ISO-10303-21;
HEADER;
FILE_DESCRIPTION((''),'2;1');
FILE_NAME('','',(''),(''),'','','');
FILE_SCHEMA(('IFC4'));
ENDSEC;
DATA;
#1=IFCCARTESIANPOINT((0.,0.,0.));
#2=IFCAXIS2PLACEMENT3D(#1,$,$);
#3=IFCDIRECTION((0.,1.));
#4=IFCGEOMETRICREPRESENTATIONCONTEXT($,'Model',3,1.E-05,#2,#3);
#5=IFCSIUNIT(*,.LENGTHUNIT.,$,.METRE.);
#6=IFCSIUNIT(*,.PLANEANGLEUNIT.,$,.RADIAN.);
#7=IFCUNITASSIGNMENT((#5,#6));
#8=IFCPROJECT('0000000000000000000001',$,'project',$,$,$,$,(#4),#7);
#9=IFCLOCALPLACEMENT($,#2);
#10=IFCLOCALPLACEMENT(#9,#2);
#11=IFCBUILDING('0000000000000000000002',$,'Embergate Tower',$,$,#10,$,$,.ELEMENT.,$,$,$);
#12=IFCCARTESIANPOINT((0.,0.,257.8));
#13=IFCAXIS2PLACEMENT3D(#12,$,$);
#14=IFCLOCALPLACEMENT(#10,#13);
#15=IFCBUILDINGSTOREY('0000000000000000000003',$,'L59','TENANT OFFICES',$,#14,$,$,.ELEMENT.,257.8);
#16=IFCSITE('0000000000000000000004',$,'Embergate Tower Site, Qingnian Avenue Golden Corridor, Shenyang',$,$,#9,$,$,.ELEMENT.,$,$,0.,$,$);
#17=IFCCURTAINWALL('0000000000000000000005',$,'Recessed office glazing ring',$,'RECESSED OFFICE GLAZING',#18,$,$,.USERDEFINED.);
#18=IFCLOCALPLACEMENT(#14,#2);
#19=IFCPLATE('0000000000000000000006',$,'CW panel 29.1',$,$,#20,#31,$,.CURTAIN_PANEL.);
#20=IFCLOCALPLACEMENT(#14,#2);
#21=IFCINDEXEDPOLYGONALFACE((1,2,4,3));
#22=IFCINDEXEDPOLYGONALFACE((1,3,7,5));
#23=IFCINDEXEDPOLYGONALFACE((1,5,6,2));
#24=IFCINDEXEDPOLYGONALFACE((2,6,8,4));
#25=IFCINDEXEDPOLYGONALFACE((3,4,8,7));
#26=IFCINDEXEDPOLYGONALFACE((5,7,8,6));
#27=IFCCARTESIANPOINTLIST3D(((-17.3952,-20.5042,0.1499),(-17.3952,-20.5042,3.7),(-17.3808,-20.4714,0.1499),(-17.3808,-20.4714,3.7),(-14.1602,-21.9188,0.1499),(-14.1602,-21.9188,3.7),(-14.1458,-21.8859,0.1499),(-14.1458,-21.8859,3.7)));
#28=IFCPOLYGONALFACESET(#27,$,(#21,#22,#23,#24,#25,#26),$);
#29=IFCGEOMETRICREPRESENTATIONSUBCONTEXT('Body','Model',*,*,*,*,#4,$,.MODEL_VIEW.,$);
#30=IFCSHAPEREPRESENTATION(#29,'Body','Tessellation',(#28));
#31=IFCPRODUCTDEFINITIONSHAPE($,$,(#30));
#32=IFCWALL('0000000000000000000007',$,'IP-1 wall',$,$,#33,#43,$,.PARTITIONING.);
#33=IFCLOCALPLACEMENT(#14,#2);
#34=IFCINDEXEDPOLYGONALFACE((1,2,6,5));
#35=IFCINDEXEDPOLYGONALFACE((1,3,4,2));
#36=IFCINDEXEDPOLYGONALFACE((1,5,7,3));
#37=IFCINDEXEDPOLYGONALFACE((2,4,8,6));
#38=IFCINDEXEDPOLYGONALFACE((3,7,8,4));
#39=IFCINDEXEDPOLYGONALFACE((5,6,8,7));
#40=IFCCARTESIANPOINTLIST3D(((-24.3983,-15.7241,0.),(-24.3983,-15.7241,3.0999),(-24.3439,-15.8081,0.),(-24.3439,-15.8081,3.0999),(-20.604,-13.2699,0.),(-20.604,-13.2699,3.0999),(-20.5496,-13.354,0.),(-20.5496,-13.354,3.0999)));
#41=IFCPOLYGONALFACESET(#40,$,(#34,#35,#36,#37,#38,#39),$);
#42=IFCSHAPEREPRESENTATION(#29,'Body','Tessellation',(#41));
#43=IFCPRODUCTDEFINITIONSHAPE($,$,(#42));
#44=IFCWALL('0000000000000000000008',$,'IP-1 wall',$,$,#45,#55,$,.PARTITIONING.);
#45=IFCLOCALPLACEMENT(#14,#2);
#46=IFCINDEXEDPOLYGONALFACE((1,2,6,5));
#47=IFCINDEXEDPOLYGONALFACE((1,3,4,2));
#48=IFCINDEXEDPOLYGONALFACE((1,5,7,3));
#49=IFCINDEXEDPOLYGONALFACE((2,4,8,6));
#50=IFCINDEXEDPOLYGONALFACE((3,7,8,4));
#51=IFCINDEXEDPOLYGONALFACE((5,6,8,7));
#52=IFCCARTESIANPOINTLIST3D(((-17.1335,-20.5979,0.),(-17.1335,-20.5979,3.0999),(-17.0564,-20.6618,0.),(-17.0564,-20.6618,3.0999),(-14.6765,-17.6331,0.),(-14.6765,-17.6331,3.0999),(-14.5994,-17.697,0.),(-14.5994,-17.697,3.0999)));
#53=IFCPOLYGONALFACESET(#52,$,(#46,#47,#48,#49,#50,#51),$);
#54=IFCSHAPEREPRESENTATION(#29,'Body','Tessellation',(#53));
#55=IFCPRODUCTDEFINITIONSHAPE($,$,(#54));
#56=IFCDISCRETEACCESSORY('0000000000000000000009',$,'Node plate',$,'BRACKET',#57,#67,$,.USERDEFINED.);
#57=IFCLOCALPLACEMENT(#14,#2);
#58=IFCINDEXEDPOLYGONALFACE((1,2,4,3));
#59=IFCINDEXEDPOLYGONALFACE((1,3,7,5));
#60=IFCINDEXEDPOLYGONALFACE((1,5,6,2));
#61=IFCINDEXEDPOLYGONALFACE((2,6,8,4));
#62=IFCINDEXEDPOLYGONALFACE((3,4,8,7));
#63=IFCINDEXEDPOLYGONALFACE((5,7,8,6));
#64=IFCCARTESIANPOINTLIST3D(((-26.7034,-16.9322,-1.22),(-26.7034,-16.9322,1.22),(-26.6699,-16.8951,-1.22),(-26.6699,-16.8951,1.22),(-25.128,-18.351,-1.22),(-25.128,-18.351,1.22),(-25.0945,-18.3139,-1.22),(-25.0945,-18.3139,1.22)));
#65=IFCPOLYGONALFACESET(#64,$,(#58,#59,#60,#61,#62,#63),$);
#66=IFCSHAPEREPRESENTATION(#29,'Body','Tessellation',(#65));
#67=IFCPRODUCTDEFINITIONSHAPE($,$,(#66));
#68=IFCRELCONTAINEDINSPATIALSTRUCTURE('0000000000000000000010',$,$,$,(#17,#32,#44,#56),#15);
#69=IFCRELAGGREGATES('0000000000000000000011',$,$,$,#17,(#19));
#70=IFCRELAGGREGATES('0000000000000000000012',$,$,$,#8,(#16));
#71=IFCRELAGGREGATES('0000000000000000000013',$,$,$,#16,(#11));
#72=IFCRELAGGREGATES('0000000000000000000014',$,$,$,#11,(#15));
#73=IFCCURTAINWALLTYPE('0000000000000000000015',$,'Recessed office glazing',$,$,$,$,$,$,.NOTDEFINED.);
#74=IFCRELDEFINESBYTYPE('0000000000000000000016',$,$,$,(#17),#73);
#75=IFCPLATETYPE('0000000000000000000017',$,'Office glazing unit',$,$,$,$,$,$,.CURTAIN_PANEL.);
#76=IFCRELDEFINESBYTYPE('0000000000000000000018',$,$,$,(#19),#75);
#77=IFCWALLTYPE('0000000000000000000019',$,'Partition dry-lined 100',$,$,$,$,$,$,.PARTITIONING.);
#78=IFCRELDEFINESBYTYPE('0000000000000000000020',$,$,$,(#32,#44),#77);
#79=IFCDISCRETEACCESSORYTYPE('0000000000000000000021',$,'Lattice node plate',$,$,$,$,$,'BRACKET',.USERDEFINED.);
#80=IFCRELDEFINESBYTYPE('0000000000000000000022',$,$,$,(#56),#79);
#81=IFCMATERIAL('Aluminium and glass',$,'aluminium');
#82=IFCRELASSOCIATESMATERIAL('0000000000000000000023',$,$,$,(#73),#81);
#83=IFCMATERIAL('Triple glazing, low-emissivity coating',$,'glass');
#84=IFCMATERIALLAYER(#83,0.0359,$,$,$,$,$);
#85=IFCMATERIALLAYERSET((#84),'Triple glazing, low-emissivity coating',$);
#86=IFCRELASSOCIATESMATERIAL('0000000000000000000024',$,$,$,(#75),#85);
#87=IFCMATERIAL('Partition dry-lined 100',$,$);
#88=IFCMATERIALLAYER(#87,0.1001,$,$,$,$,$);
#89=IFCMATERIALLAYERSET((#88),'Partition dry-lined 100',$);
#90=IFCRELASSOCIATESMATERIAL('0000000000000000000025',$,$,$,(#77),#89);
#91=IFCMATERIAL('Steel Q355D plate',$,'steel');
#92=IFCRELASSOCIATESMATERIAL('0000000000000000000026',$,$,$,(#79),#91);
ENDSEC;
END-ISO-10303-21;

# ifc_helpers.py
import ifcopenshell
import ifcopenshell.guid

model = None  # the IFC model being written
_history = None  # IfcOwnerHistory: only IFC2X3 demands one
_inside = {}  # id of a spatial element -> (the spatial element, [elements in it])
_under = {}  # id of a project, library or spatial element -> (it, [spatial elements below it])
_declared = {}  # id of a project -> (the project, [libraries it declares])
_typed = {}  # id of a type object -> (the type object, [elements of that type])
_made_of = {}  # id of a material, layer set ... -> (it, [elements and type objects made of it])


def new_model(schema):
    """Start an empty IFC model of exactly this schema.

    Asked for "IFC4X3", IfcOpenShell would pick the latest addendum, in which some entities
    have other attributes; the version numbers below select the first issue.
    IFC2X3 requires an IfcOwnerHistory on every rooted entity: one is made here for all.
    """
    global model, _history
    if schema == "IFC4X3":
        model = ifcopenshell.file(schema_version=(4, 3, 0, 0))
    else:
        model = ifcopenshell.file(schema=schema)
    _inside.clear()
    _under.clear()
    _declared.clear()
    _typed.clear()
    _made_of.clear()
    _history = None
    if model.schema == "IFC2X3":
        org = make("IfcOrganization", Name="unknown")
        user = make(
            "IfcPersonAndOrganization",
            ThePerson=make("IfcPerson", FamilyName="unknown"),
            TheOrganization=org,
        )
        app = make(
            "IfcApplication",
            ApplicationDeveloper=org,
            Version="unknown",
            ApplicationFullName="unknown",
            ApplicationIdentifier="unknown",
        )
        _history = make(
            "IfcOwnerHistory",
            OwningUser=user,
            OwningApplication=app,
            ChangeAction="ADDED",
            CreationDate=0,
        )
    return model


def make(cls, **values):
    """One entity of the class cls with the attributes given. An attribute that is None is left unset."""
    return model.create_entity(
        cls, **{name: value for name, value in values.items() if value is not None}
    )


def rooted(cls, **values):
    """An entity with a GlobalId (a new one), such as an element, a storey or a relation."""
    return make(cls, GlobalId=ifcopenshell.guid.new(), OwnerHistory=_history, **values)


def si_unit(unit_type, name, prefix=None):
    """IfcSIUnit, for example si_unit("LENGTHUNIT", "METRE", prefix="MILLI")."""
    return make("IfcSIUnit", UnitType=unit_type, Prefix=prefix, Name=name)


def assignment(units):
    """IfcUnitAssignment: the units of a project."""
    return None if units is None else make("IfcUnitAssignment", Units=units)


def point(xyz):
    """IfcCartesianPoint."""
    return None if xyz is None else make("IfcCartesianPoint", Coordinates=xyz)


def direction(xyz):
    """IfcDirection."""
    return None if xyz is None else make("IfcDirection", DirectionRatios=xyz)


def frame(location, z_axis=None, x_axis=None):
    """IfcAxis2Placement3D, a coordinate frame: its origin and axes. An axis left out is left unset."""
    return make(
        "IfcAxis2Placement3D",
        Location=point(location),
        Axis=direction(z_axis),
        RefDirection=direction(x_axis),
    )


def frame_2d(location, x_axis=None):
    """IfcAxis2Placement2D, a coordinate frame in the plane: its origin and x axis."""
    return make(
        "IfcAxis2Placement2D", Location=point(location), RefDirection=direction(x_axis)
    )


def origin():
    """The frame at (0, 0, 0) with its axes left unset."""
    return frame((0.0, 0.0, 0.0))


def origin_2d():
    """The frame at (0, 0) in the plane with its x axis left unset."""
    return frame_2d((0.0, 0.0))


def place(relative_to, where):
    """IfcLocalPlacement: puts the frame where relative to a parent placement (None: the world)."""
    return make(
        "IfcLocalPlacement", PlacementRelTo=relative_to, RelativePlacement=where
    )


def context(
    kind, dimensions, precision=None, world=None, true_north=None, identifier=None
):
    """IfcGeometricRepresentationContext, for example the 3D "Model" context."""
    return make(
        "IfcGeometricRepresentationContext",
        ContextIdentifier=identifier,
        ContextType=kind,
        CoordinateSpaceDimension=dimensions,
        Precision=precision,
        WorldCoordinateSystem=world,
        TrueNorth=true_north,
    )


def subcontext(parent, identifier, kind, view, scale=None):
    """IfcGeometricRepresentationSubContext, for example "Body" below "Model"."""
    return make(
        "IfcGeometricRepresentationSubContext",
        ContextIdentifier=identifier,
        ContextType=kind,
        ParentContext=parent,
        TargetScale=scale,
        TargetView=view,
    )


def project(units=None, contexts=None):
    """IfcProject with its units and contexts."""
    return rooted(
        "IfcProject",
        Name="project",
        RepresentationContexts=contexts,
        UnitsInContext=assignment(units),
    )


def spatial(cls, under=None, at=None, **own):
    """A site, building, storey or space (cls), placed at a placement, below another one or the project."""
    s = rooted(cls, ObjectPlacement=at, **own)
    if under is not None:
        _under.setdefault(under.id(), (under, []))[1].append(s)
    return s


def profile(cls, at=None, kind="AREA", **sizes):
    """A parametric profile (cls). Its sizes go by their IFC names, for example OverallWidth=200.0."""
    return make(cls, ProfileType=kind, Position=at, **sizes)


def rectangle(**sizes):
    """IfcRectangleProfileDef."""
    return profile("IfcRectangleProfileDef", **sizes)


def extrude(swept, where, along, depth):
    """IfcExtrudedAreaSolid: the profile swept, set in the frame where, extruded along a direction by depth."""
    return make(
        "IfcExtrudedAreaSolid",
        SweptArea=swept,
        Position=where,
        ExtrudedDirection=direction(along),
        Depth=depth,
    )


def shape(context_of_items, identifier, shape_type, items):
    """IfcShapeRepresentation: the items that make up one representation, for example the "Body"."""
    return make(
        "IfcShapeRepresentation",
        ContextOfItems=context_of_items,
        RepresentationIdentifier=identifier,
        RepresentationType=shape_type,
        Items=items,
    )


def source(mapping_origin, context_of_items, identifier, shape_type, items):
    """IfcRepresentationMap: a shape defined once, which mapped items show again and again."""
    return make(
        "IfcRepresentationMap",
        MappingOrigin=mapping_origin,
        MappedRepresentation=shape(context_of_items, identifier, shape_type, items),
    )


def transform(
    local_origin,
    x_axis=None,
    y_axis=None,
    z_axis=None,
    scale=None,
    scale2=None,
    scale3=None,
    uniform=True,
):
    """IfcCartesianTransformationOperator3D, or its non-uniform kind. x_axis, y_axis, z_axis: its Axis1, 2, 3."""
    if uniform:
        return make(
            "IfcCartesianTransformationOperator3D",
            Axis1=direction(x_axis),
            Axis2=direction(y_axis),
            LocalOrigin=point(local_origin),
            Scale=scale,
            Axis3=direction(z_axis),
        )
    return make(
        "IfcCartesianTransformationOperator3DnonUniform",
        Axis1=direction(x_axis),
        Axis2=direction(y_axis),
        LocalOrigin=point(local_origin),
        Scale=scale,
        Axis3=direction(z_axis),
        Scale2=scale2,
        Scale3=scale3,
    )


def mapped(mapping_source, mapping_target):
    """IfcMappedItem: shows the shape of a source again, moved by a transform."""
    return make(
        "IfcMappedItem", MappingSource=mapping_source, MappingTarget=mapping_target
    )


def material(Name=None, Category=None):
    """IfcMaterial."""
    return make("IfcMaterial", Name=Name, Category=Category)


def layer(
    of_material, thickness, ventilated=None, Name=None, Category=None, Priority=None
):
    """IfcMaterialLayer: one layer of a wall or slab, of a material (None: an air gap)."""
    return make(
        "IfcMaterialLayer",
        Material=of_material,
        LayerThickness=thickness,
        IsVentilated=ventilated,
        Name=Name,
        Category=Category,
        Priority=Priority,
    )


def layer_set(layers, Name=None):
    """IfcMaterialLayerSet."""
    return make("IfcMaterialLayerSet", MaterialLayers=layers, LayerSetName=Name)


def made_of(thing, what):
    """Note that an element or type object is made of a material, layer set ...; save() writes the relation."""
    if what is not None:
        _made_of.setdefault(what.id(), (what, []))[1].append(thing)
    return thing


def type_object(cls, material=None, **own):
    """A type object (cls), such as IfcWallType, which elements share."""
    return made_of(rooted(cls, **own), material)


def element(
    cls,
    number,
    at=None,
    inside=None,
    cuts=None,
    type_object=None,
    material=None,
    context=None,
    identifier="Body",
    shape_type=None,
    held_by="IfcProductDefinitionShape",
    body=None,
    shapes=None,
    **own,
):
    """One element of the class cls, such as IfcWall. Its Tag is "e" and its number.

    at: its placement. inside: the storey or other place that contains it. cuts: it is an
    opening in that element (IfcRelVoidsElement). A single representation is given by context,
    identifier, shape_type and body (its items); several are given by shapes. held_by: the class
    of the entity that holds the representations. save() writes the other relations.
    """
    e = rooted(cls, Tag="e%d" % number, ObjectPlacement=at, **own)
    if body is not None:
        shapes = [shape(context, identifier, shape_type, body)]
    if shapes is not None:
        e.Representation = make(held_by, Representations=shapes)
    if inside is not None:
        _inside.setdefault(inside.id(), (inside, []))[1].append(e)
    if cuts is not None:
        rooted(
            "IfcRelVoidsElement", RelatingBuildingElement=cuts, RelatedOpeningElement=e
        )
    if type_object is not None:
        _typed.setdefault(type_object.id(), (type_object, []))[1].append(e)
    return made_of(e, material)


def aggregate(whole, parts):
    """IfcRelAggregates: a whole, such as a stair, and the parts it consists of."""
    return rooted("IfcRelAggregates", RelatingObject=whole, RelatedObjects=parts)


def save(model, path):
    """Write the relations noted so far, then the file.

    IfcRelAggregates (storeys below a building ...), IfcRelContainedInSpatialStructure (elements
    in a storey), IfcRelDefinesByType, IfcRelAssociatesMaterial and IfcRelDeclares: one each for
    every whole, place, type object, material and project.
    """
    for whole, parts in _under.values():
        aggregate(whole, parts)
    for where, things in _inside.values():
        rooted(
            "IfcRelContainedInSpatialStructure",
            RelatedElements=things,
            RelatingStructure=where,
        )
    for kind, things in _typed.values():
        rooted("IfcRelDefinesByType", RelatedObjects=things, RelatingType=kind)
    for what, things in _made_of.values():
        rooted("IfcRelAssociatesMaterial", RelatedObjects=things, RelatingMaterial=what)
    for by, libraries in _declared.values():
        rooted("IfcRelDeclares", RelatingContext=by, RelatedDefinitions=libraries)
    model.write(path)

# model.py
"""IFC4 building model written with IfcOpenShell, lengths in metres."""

from ifc_helpers import new_model, si_unit, direction, frame, frame_2d, origin, origin_2d, place, context, subcontext, project, spatial, rectangle, extrude, source, transform, mapped, material, layer, layer_set, type_object, element, aggregate, save


model = new_model("IFC4")

# Units and contexts
model_context = context("Model", 3, precision=1e-05, world=origin(), true_north=direction((0.0, 1.0)))
body_context = subcontext(model_context, "Body", "Model", "MODEL_VIEW")
ifc_project = project(units=[si_unit("LENGTHUNIT", "METRE"), si_unit("PLANEANGLEUNIT", "RADIAN")], contexts=[model_context])

# Site, building, storey
site_placement = place(None, origin())
site = spatial("IfcSite", under=ifc_project, at=site_placement, Name="Embergate Tower Site, Qingnian Avenue Golden Corridor, Shenyang", CompositionType="ELEMENT", RefElevation=0.0)
building_placement = place(site_placement, origin())
building = spatial("IfcBuilding", under=site, at=building_placement, Name="Embergate Tower", CompositionType="ELEMENT")
storey_placement = place(building_placement, frame((0.0, 0.0, 257.8)))
storey = spatial("IfcBuildingStorey", under=building, at=storey_placement, Name="L59", Description="TENANT OFFICES", CompositionType="ELEMENT", Elevation=257.8)

# Curtain wall, plate
ifc_material_1 = material(Name="Aluminium and glass", Category="aluminium")
curtain_wall_type = type_object("IfcCurtainWallType", Name="Recessed office glazing", PredefinedType="NOTDEFINED", material=ifc_material_1)
curtain_wall_placement = place(storey_placement, origin())
curtain_wall = element("IfcCurtainWall", 1, at=curtain_wall_placement, inside=storey, type_object=curtain_wall_type, Name="Recessed office glazing ring", ObjectType="RECESSED OFFICE GLAZING", PredefinedType="USERDEFINED")
ifc_material_2 = material(Name="Triple glazing, low-emissivity coating", Category="glass")
ifc_layer_1 = layer(ifc_material_2, 0.0359)
ifc_layer_set_1 = layer_set([ifc_layer_1], Name="Triple glazing, low-emissivity coating")
plate_type = type_object("IfcPlateType", Name="Office glazing unit", PredefinedType="CURTAIN_PANEL", material=ifc_layer_set_1)
shared_shape_1 = source(origin(), body_context, "Body", "SweptSolid", [
    extrude(rectangle(XDim=3.5308, YDim=0.0359, at=origin_2d()), origin(), (0.0, 0.0, 1.0), 3.55),
])
plate_1_placement = place(storey_placement, frame((-15.7705, -21.1951, 0.1499), z_axis=(0.0, 0.0, 1.0), x_axis=(0.916237, -0.400637, 0.0)))
plate_1 = element("IfcPlate", 2, at=plate_1_placement, type_object=plate_type, Name="CW panel 29.1", PredefinedType="CURTAIN_PANEL", context=body_context, shape_type="MappedRepresentation", body=[
    mapped(shared_shape_1, transform((0.0, 0.0, 0.0))),
])
aggregate(curtain_wall, [plate_1])

# Walls
ifc_material_3 = material(Name="Partition dry-lined 100")
ifc_layer_2 = layer(ifc_material_3, 0.1001)
ifc_layer_set_2 = layer_set([ifc_layer_2], Name="Partition dry-lined 100")
wall_type = type_object("IfcWallType", Name="Partition dry-lined 100", PredefinedType="PARTITIONING", material=ifc_layer_set_2)
shared_shape_2 = source(origin(), body_context, "Body", "SweptSolid", [
    extrude(rectangle(XDim=4.5188, YDim=0.1001, at=frame_2d((2.2593, 0.0))), origin(), (0.0, 0.0, 1.0), 3.0999),
])
wall_1_placement = place(storey_placement, frame((-20.5769, -13.312, 0.0), z_axis=(0.0, 0.0, 1.0), x_axis=(-0.839667, -0.543101, 0.0)))
element("IfcWall", 3, at=wall_1_placement, inside=storey, type_object=wall_type, Name="IP-1 wall", PredefinedType="PARTITIONING", context=body_context, shape_type="MappedRepresentation", body=[
    mapped(shared_shape_2, transform((0.0, 0.0, 0.0))),
])
shared_shape_3 = source(origin(), body_context, "Body", "SweptSolid", [
    extrude(rectangle(XDim=3.8506, YDim=0.1001, at=frame_2d((1.9253, 0.0))), origin(), (0.0, 0.0, 1.0), 3.0999),
])
wall_2_placement = place(storey_placement, frame((-14.6379, -17.665, 0.0), z_axis=(0.0, 0.0, 1.0), x_axis=(-0.638087, -0.769965, 0.0)))
element("IfcWall", 4, at=wall_2_placement, inside=storey, type_object=wall_type, Name="IP-1 wall", PredefinedType="PARTITIONING", context=body_context, shape_type="MappedRepresentation", body=[
    mapped(shared_shape_3, transform((0.0, 0.0, 0.0))),
])

# Discrete accessory
ifc_material_4 = material(Name="Steel Q355D plate", Category="steel")
discrete_accessory_type = type_object("IfcDiscreteAccessoryType", Name="Lattice node plate", ElementType="BRACKET", PredefinedType="USERDEFINED", material=ifc_material_4)
shared_shape_4 = source(origin(), body_context, "Body", "SweptSolid", [
    extrude(rectangle(XDim=2.1201, YDim=0.05, at=origin_2d()), origin(), (0.0, 0.0, 1.0), 2.4399),
])
discrete_accessory_placement = place(storey_placement, frame((-25.8989, -17.623, -1.22), z_axis=(0.0, 0.0, 1.0), x_axis=(0.743075, -0.669208, 0.0)))
element("IfcDiscreteAccessory", 5, at=discrete_accessory_placement, inside=storey, type_object=discrete_accessory_type, Name="Node plate", ObjectType="BRACKET", PredefinedType="USERDEFINED", context=body_context, shape_type="MappedRepresentation", body=[
    mapped(shared_shape_4, transform((0.0, 0.0, 0.0))),
])

save(model, "model.ifc")
